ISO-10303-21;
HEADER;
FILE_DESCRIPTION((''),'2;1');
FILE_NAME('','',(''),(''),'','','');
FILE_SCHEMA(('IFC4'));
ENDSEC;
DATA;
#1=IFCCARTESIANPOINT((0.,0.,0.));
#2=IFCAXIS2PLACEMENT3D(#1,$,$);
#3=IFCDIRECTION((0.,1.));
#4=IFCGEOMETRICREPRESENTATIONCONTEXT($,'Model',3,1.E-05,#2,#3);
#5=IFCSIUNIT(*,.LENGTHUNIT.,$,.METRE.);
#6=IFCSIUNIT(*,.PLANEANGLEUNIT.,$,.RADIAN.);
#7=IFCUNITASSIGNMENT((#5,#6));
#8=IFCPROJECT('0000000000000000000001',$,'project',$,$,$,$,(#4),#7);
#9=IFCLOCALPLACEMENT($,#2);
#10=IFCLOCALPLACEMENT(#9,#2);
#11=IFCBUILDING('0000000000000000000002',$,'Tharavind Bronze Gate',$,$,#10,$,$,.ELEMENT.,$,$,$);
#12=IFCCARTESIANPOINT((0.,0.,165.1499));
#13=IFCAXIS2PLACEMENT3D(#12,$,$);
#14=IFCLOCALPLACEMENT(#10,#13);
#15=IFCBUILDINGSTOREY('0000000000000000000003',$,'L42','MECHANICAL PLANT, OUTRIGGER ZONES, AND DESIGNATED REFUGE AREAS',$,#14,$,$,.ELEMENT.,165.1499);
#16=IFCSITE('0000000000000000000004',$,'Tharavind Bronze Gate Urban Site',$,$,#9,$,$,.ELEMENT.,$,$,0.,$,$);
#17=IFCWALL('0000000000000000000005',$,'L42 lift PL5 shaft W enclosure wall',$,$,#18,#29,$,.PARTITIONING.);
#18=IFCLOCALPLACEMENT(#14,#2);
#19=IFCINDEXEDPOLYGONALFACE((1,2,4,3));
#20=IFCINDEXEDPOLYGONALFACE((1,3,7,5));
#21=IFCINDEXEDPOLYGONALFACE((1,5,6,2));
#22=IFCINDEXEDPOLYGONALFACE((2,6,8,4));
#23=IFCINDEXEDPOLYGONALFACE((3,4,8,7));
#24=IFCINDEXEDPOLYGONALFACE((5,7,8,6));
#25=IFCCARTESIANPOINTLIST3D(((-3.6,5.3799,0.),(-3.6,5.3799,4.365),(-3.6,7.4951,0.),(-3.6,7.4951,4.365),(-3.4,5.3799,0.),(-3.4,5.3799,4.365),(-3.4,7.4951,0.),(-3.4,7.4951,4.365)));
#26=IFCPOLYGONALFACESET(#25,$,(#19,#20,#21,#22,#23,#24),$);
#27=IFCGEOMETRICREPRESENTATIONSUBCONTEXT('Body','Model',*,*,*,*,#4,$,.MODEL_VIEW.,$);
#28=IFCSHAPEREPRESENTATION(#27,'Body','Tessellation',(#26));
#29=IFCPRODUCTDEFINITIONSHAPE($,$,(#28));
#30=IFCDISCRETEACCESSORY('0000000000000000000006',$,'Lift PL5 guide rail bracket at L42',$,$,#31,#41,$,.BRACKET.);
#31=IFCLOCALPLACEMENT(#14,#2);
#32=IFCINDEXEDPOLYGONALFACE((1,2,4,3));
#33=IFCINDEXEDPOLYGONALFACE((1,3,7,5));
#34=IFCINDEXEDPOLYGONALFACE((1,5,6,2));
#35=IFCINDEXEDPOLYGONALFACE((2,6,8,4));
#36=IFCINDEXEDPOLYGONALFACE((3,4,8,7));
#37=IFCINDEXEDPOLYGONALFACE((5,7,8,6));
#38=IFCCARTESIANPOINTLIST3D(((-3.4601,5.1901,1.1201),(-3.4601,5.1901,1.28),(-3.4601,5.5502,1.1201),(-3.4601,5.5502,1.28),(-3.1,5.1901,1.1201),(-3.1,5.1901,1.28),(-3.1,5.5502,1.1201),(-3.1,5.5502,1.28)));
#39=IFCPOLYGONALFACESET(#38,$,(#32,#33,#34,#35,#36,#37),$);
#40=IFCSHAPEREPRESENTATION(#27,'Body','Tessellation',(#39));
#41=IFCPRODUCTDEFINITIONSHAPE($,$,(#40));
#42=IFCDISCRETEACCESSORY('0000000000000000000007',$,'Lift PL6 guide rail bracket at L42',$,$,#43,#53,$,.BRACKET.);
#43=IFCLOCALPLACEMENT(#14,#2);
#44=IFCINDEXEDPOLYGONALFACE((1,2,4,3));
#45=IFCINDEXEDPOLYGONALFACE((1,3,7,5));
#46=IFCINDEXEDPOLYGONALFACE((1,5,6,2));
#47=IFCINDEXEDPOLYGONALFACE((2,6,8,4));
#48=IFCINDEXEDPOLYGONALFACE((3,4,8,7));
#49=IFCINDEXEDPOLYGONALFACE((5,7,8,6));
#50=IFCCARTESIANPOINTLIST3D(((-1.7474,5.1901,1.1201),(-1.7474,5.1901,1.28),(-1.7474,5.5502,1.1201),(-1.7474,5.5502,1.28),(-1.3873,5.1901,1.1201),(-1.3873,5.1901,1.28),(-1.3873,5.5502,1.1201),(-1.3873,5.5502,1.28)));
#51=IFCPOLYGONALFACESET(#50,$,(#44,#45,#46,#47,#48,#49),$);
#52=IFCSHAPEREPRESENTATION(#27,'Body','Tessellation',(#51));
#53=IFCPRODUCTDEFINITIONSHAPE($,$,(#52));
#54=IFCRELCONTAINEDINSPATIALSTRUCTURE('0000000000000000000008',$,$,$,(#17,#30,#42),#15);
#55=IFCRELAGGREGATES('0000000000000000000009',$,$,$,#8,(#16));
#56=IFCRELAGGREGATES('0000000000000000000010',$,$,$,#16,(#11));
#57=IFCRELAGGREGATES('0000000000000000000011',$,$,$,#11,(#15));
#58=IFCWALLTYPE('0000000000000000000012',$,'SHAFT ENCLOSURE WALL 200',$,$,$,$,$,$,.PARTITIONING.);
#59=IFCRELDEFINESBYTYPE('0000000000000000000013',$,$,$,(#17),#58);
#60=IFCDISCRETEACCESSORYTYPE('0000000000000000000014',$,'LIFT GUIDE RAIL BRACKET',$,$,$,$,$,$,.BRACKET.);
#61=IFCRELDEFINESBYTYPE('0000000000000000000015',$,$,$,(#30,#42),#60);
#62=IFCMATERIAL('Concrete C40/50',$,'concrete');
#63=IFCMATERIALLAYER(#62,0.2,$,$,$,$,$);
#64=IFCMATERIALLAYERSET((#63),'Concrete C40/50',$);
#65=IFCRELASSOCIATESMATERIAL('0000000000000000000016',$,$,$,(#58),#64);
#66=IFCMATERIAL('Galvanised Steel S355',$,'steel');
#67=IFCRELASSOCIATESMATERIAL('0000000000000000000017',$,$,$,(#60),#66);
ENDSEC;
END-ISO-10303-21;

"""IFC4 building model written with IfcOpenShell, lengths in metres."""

from ifc_helpers import new_model, si_unit, direction, frame, frame_2d, origin, origin_2d, place, context, subcontext, project, spatial, rectangle, extrude, material, layer, layer_set, type_object, element, save


model = new_model("IFC4")

# Units and contexts
model_context = context("Model", 3, precision=1e-05, world=origin(), true_north=direction((0.0, 1.0)))
body_context = subcontext(model_context, "Body", "Model", "MODEL_VIEW")
ifc_project = project(units=[si_unit("LENGTHUNIT", "METRE"), si_unit("PLANEANGLEUNIT", "RADIAN")], contexts=[model_context])

# Site, building, storey
site_placement = place(None, origin())
site = spatial("IfcSite", under=ifc_project, at=site_placement, Name="Tharavind Bronze Gate Urban Site", CompositionType="ELEMENT", RefElevation=0.0)
building_placement = place(site_placement, origin())
building = spatial("IfcBuilding", under=site, at=building_placement, Name="Tharavind Bronze Gate", CompositionType="ELEMENT")
storey_placement = place(building_placement, frame((0.0, 0.0, 165.1499)))
storey = spatial("IfcBuildingStorey", under=building, at=storey_placement, Name="L42", Description="MECHANICAL PLANT, OUTRIGGER ZONES, AND DESIGNATED REFUGE AREAS", CompositionType="ELEMENT", Elevation=165.1499)

# Shared definitions
ifc_material_1 = material(Name="Concrete C40/50", Category="concrete")

# Wall
ifc_layer_1 = layer(ifc_material_1, 0.2)
ifc_layer_set_1 = layer_set([ifc_layer_1], Name="Concrete C40/50")
wall_type_1 = type_object("IfcWallType", Name="SHAFT ENCLOSURE WALL 200", PredefinedType="PARTITIONING", material=ifc_layer_set_1)
wall_1_placement = place(storey_placement, frame((-3.5, 5.3799, 0.0), z_axis=(0.0, 0.0, 1.0), x_axis=(0.0, 1.0, 0.0)))
element("IfcWall", 1, at=wall_1_placement, inside=storey, type_object=wall_type_1, Name="L42 lift PL5 shaft W enclosure wall", PredefinedType="PARTITIONING", context=body_context, shape_type="SweptSolid", body=[
    extrude(rectangle(XDim=2.1152, YDim=0.2, at=frame_2d((1.0576, 0.0))), origin(), (0.0, 0.0, 1.0), 4.365),
])

# Discrete accessories
ifc_material_2 = material(Name="Galvanised Steel S355", Category="steel")
discrete_accessory_type = type_object("IfcDiscreteAccessoryType", Name="LIFT GUIDE RAIL BRACKET", PredefinedType="BRACKET", material=ifc_material_2)
for number, where, z_axis, x_axis, name in (
    (2, (-3.28, 5.3701, 1.1201), (0.0, 0.0, 1.0), (1.0, 0.0, 0.0), "Lift PL5 guide rail bracket at L42"),
    (3, (-1.5674, 5.3701, 1.1201), (0.0, 0.0, 1.0), (1.0, 0.0, 0.0), "Lift PL6 guide rail bracket at L42"),
):
    element("IfcDiscreteAccessory", number, at=place(storey_placement, frame(where, z_axis=z_axis, x_axis=x_axis)), inside=storey, type_object=discrete_accessory_type, Name=name, PredefinedType="BRACKET", context=body_context, shape_type="SweptSolid", body=[
        extrude(rectangle(XDim=0.3601, YDim=0.3601, at=origin_2d()), origin(), (0.0, 0.0, 1.0), 0.1599),
    ])

save(model, "model.ifc")
